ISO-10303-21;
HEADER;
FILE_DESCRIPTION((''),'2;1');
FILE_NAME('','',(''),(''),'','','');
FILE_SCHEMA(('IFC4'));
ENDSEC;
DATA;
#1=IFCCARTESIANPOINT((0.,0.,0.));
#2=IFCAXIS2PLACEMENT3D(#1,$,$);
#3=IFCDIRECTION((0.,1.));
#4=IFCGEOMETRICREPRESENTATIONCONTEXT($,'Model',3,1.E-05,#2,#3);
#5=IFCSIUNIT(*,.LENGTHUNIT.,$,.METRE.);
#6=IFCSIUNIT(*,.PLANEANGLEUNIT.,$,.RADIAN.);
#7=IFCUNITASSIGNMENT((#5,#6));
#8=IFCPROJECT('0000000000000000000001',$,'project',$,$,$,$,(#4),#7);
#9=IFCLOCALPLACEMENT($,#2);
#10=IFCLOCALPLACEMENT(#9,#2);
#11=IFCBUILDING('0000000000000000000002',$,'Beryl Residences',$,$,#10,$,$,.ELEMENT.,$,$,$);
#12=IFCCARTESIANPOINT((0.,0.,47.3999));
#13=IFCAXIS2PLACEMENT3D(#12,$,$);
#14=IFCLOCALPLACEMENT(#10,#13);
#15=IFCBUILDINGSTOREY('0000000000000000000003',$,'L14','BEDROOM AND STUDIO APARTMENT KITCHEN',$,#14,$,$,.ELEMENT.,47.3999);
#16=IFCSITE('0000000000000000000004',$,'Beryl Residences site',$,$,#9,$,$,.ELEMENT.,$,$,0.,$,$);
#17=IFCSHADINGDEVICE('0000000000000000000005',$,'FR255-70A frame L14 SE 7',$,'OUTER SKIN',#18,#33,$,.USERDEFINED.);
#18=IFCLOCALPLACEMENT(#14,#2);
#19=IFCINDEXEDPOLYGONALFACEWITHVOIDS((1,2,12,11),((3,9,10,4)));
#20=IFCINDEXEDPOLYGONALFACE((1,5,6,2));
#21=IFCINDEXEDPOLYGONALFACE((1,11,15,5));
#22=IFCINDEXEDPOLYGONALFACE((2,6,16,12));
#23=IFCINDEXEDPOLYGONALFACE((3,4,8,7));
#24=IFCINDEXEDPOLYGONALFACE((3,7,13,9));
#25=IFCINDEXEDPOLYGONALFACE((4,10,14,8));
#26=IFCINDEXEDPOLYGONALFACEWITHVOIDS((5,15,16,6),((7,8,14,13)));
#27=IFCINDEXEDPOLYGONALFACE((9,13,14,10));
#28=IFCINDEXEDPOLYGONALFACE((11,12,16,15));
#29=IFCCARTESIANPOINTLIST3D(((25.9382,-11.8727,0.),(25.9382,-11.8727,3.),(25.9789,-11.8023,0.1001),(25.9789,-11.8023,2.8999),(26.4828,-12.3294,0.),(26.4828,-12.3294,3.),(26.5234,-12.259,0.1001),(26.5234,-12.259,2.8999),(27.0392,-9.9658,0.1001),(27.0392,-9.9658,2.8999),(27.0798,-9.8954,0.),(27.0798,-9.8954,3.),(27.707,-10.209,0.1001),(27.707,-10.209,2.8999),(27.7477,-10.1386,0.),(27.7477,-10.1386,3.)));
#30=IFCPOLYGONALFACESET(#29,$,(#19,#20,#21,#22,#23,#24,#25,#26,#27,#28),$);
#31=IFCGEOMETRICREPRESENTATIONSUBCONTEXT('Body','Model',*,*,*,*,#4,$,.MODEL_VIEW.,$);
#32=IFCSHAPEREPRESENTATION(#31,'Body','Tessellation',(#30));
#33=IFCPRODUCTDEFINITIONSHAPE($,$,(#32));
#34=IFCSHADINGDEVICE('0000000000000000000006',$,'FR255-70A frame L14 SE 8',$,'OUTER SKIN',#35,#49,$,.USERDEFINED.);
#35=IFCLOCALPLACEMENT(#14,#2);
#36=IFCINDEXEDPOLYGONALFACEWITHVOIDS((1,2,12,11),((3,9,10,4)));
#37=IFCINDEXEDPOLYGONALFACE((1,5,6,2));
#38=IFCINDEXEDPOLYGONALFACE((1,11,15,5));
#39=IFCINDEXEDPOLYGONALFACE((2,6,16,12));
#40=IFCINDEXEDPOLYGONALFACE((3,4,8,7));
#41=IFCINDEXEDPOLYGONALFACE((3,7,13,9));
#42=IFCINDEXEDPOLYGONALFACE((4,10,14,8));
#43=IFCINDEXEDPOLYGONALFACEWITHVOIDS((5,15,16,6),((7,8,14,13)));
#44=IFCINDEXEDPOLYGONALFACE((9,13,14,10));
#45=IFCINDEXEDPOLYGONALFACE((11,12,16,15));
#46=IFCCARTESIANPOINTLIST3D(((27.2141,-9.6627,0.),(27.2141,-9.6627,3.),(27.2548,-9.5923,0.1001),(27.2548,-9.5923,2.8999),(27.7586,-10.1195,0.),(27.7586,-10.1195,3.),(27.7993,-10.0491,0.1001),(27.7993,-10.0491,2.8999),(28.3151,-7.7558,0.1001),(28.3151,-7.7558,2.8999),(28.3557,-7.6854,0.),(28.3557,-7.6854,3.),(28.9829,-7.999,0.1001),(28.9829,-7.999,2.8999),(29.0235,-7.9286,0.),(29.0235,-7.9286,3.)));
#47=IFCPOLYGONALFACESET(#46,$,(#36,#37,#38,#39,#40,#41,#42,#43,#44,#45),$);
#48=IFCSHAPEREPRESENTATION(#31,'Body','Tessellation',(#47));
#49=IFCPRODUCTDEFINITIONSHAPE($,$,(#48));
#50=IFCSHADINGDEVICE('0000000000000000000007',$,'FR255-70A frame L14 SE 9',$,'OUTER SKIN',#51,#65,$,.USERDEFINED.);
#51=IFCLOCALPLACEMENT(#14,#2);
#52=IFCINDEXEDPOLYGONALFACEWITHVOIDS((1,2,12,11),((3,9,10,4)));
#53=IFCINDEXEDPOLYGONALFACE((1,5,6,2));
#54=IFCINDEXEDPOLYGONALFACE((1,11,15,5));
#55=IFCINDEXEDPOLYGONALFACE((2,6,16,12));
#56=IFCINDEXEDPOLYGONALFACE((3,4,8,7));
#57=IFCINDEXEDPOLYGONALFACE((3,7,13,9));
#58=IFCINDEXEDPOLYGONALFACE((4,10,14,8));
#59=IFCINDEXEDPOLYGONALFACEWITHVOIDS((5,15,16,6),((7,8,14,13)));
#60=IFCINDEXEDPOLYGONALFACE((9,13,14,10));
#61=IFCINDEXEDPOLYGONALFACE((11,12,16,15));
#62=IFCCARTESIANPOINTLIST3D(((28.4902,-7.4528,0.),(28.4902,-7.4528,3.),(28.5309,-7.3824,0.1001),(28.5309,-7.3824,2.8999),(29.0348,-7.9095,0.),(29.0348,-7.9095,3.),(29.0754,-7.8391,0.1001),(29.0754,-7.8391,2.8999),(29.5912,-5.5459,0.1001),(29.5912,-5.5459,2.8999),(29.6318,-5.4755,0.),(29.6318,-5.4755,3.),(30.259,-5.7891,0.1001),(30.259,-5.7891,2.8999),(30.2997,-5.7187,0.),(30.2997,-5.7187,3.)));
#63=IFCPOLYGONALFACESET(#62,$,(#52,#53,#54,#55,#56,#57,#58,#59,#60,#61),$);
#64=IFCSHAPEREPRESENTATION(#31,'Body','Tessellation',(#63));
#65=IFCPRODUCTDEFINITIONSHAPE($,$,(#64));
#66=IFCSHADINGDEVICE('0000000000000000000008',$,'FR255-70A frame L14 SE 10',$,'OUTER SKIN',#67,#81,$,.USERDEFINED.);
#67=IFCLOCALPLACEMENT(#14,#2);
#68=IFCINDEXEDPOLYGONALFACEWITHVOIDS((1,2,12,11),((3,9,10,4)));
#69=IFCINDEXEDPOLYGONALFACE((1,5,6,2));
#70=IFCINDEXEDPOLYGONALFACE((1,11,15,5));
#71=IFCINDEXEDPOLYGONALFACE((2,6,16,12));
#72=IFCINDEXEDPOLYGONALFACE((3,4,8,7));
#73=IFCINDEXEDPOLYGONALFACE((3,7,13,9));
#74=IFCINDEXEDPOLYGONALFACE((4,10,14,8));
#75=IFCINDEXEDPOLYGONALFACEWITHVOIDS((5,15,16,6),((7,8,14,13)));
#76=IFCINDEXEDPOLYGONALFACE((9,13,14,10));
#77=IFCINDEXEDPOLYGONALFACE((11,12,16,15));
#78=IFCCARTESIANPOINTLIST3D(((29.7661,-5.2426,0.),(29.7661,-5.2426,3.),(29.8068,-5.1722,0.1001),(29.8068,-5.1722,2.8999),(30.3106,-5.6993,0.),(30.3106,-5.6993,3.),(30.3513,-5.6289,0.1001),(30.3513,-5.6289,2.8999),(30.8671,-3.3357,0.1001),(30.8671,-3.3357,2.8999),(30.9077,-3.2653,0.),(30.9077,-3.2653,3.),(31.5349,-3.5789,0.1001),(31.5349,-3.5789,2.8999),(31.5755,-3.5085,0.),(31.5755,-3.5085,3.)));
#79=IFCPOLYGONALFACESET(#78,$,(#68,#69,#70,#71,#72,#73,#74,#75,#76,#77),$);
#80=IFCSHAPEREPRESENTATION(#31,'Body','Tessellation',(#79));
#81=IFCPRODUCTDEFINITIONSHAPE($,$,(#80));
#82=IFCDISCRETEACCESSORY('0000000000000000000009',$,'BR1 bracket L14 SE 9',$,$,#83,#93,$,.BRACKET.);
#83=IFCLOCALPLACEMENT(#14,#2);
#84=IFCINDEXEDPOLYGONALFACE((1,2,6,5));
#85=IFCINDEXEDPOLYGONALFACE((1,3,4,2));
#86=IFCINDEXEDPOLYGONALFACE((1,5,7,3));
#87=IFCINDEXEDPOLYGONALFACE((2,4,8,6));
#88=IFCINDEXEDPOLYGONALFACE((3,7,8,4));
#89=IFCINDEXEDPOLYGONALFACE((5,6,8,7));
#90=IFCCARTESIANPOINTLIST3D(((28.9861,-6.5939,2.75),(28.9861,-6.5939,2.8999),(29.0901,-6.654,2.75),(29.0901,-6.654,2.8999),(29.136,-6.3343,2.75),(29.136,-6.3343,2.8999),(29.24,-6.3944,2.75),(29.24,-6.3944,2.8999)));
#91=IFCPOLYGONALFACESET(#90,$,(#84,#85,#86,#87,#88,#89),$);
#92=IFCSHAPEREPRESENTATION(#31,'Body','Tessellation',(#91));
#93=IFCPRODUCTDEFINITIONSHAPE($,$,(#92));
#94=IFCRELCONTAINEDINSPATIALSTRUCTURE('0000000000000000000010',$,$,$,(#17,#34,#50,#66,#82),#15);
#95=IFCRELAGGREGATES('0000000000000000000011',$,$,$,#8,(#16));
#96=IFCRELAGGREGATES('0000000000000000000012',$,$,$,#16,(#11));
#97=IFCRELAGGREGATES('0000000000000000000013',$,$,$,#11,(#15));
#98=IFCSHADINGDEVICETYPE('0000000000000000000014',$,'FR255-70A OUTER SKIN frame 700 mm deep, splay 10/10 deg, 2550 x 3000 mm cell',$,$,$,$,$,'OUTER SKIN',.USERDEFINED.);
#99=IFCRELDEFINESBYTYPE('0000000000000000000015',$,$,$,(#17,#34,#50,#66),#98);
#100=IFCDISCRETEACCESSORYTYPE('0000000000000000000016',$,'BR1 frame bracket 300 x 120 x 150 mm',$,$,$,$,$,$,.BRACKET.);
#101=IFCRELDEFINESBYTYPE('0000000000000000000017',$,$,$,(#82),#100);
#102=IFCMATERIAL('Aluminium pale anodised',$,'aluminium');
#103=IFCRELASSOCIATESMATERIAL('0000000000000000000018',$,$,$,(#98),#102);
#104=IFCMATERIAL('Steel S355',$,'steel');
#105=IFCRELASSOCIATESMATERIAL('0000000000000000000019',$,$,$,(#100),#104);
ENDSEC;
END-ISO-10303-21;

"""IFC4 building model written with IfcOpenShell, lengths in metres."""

from ifc_helpers import new_model, entity, si_unit, direction, frame, origin, place, context, subcontext, project, spatial, polyline, outline, extrude, source, transform, mapped, material, type_object, type_shapes, element, save


model = new_model("IFC4")

# Units and contexts
model_context = context("Model", 3, precision=1e-05, world=origin(), true_north=direction((0.0, 1.0)))
body_context = subcontext(model_context, "Body", "Model", "MODEL_VIEW")
ifc_project = project(units=[si_unit("LENGTHUNIT", "METRE"), si_unit("PLANEANGLEUNIT", "RADIAN")], contexts=[model_context])

# Site, building, storey
site_placement = place(None, origin())
site = spatial("IfcSite", under=ifc_project, at=site_placement, Name="Beryl Residences site", CompositionType="ELEMENT", RefElevation=0.0)
building_placement = place(site_placement, origin())
building = spatial("IfcBuilding", under=site, at=building_placement, Name="Beryl Residences", CompositionType="ELEMENT")
storey_placement = place(building_placement, frame((0.0, 0.0, 47.3999)))
storey = spatial("IfcBuildingStorey", under=building, at=storey_placement, Name="L14", Description="BEDROOM AND STUDIO APARTMENT KITCHEN", CompositionType="ELEMENT", Elevation=47.3999)

# Shading devices
ifc_material_1 = material(Name="Aluminium pale anodised", Category="aluminium")
shading_device_type = type_object("IfcShadingDeviceType", Name="FR255-70A OUTER SKIN frame 700 mm deep, splay 10/10 deg, 2550 x 3000 mm cell", ElementType="OUTER SKIN", PredefinedType="USERDEFINED", material=ifc_material_1)
cartesian_point_1 = entity("IfcCartesianPoint", [-1.1416, 0.0])
cartesian_point_2 = entity("IfcCartesianPoint", [-1.0603, 0.1001])
cartesian_point_3 = entity("IfcCartesianPoint", [-1.2649, 0.0])
cartesian_point_4 = entity("IfcCartesianPoint", [-1.1836, 0.1001])
shared_shape_1 = source(origin(), body_context, "Body", "SweptSolid", [
    entity("IfcExtrudedAreaSolidTapered", entity("IfcArbitraryProfileDefWithVoids", "AREA", None, entity("IfcPolyline", [cartesian_point_1, entity("IfcCartesianPoint", [1.1416, 0.0]), entity("IfcCartesianPoint", [1.1416, 3.0]), entity("IfcCartesianPoint", [-1.1416, 3.0]), cartesian_point_1]), [entity("IfcPolyline", [cartesian_point_2, entity("IfcCartesianPoint", [1.0603, 0.1001]), entity("IfcCartesianPoint", [1.0603, 2.8999]), entity("IfcCartesianPoint", [-1.0603, 2.8999]), cartesian_point_2])]), entity("IfcAxis2Placement3D", entity("IfcCartesianPoint", [0.0, 0.0, 0.0]), entity("IfcDirection", [0.0, 1.0, 0.0]), entity("IfcDirection", [-1.0, 0.0, 0.0])), entity("IfcDirection", [0.0, 0.0, 1.0]), 0.7, entity("IfcArbitraryProfileDefWithVoids", "AREA", None, entity("IfcPolyline", [cartesian_point_3, entity("IfcCartesianPoint", [1.2649, 0.0]), entity("IfcCartesianPoint", [1.2649, 3.0]), entity("IfcCartesianPoint", [-1.2649, 3.0]), cartesian_point_3]), [entity("IfcPolyline", [cartesian_point_4, entity("IfcCartesianPoint", [1.1836, 0.1001]), entity("IfcCartesianPoint", [1.1836, 2.8999]), entity("IfcCartesianPoint", [-1.1836, 2.8999]), cartesian_point_4])])),
])
type_shapes(shading_device_type, [shared_shape_1])
for number, where, z_axis, x_axis, name in (
    (1, (26.509, -10.884, 0.0), (0.0, 0.0, 1.0), (-0.5, -0.866025, 0.0), "FR255-70A frame L14 SE 7"),
    (2, (27.7849, -8.6741, 0.0), (0.0, 0.0, 1.0), (-0.5, -0.866025, 0.0), "FR255-70A frame L14 SE 8"),
    (3, (29.061, -6.4641, 0.0), (0.0, 0.0, 1.0), (-0.5, -0.866025, 0.0), "FR255-70A frame L14 SE 9"),
    (4, (30.3369, -4.2539, 0.0), (0.0, 0.0, 1.0), (-0.5, -0.866025, 0.0), "FR255-70A frame L14 SE 10"),
):
    element("IfcShadingDevice", number, at=place(storey_placement, frame(where, z_axis=z_axis, x_axis=x_axis)), inside=storey, type_object=shading_device_type, Name=name, ObjectType="OUTER SKIN", PredefinedType="USERDEFINED", context=body_context, shape_type="MappedRepresentation", body=[
        mapped(shared_shape_1, transform((0.0, 0.0, 0.0))),
    ])

# Discrete accessory
ifc_material_2 = material(Name="Steel S355", Category="steel")
discrete_accessory_type = type_object("IfcDiscreteAccessoryType", Name="BR1 frame bracket 300 x 120 x 150 mm", PredefinedType="BRACKET", material=ifc_material_2)
shared_shape_2 = source(origin(), body_context, "Body", "SweptSolid", [
    extrude(outline(polyline([(-0.1499, 0.0), (0.1499, 0.0), (0.1499, 0.1201), (-0.1499, 0.1201), (-0.1499, 0.0)])), origin(), (0.0, 0.0, 1.0), 0.1499),
])
type_shapes(discrete_accessory_type, [shared_shape_2])
discrete_accessory_placement = place(storey_placement, frame((29.061, -6.4641, 2.75), z_axis=(0.0, 0.0, 1.0), x_axis=(-0.5, -0.866025, 0.0)))
element("IfcDiscreteAccessory", 5, at=discrete_accessory_placement, inside=storey, type_object=discrete_accessory_type, Name="BR1 bracket L14 SE 9", PredefinedType="BRACKET", context=body_context, shape_type="MappedRepresentation", body=[
    mapped(shared_shape_2, transform((0.0, 0.0, 0.0))),
])

save(model, "model.ifc")
